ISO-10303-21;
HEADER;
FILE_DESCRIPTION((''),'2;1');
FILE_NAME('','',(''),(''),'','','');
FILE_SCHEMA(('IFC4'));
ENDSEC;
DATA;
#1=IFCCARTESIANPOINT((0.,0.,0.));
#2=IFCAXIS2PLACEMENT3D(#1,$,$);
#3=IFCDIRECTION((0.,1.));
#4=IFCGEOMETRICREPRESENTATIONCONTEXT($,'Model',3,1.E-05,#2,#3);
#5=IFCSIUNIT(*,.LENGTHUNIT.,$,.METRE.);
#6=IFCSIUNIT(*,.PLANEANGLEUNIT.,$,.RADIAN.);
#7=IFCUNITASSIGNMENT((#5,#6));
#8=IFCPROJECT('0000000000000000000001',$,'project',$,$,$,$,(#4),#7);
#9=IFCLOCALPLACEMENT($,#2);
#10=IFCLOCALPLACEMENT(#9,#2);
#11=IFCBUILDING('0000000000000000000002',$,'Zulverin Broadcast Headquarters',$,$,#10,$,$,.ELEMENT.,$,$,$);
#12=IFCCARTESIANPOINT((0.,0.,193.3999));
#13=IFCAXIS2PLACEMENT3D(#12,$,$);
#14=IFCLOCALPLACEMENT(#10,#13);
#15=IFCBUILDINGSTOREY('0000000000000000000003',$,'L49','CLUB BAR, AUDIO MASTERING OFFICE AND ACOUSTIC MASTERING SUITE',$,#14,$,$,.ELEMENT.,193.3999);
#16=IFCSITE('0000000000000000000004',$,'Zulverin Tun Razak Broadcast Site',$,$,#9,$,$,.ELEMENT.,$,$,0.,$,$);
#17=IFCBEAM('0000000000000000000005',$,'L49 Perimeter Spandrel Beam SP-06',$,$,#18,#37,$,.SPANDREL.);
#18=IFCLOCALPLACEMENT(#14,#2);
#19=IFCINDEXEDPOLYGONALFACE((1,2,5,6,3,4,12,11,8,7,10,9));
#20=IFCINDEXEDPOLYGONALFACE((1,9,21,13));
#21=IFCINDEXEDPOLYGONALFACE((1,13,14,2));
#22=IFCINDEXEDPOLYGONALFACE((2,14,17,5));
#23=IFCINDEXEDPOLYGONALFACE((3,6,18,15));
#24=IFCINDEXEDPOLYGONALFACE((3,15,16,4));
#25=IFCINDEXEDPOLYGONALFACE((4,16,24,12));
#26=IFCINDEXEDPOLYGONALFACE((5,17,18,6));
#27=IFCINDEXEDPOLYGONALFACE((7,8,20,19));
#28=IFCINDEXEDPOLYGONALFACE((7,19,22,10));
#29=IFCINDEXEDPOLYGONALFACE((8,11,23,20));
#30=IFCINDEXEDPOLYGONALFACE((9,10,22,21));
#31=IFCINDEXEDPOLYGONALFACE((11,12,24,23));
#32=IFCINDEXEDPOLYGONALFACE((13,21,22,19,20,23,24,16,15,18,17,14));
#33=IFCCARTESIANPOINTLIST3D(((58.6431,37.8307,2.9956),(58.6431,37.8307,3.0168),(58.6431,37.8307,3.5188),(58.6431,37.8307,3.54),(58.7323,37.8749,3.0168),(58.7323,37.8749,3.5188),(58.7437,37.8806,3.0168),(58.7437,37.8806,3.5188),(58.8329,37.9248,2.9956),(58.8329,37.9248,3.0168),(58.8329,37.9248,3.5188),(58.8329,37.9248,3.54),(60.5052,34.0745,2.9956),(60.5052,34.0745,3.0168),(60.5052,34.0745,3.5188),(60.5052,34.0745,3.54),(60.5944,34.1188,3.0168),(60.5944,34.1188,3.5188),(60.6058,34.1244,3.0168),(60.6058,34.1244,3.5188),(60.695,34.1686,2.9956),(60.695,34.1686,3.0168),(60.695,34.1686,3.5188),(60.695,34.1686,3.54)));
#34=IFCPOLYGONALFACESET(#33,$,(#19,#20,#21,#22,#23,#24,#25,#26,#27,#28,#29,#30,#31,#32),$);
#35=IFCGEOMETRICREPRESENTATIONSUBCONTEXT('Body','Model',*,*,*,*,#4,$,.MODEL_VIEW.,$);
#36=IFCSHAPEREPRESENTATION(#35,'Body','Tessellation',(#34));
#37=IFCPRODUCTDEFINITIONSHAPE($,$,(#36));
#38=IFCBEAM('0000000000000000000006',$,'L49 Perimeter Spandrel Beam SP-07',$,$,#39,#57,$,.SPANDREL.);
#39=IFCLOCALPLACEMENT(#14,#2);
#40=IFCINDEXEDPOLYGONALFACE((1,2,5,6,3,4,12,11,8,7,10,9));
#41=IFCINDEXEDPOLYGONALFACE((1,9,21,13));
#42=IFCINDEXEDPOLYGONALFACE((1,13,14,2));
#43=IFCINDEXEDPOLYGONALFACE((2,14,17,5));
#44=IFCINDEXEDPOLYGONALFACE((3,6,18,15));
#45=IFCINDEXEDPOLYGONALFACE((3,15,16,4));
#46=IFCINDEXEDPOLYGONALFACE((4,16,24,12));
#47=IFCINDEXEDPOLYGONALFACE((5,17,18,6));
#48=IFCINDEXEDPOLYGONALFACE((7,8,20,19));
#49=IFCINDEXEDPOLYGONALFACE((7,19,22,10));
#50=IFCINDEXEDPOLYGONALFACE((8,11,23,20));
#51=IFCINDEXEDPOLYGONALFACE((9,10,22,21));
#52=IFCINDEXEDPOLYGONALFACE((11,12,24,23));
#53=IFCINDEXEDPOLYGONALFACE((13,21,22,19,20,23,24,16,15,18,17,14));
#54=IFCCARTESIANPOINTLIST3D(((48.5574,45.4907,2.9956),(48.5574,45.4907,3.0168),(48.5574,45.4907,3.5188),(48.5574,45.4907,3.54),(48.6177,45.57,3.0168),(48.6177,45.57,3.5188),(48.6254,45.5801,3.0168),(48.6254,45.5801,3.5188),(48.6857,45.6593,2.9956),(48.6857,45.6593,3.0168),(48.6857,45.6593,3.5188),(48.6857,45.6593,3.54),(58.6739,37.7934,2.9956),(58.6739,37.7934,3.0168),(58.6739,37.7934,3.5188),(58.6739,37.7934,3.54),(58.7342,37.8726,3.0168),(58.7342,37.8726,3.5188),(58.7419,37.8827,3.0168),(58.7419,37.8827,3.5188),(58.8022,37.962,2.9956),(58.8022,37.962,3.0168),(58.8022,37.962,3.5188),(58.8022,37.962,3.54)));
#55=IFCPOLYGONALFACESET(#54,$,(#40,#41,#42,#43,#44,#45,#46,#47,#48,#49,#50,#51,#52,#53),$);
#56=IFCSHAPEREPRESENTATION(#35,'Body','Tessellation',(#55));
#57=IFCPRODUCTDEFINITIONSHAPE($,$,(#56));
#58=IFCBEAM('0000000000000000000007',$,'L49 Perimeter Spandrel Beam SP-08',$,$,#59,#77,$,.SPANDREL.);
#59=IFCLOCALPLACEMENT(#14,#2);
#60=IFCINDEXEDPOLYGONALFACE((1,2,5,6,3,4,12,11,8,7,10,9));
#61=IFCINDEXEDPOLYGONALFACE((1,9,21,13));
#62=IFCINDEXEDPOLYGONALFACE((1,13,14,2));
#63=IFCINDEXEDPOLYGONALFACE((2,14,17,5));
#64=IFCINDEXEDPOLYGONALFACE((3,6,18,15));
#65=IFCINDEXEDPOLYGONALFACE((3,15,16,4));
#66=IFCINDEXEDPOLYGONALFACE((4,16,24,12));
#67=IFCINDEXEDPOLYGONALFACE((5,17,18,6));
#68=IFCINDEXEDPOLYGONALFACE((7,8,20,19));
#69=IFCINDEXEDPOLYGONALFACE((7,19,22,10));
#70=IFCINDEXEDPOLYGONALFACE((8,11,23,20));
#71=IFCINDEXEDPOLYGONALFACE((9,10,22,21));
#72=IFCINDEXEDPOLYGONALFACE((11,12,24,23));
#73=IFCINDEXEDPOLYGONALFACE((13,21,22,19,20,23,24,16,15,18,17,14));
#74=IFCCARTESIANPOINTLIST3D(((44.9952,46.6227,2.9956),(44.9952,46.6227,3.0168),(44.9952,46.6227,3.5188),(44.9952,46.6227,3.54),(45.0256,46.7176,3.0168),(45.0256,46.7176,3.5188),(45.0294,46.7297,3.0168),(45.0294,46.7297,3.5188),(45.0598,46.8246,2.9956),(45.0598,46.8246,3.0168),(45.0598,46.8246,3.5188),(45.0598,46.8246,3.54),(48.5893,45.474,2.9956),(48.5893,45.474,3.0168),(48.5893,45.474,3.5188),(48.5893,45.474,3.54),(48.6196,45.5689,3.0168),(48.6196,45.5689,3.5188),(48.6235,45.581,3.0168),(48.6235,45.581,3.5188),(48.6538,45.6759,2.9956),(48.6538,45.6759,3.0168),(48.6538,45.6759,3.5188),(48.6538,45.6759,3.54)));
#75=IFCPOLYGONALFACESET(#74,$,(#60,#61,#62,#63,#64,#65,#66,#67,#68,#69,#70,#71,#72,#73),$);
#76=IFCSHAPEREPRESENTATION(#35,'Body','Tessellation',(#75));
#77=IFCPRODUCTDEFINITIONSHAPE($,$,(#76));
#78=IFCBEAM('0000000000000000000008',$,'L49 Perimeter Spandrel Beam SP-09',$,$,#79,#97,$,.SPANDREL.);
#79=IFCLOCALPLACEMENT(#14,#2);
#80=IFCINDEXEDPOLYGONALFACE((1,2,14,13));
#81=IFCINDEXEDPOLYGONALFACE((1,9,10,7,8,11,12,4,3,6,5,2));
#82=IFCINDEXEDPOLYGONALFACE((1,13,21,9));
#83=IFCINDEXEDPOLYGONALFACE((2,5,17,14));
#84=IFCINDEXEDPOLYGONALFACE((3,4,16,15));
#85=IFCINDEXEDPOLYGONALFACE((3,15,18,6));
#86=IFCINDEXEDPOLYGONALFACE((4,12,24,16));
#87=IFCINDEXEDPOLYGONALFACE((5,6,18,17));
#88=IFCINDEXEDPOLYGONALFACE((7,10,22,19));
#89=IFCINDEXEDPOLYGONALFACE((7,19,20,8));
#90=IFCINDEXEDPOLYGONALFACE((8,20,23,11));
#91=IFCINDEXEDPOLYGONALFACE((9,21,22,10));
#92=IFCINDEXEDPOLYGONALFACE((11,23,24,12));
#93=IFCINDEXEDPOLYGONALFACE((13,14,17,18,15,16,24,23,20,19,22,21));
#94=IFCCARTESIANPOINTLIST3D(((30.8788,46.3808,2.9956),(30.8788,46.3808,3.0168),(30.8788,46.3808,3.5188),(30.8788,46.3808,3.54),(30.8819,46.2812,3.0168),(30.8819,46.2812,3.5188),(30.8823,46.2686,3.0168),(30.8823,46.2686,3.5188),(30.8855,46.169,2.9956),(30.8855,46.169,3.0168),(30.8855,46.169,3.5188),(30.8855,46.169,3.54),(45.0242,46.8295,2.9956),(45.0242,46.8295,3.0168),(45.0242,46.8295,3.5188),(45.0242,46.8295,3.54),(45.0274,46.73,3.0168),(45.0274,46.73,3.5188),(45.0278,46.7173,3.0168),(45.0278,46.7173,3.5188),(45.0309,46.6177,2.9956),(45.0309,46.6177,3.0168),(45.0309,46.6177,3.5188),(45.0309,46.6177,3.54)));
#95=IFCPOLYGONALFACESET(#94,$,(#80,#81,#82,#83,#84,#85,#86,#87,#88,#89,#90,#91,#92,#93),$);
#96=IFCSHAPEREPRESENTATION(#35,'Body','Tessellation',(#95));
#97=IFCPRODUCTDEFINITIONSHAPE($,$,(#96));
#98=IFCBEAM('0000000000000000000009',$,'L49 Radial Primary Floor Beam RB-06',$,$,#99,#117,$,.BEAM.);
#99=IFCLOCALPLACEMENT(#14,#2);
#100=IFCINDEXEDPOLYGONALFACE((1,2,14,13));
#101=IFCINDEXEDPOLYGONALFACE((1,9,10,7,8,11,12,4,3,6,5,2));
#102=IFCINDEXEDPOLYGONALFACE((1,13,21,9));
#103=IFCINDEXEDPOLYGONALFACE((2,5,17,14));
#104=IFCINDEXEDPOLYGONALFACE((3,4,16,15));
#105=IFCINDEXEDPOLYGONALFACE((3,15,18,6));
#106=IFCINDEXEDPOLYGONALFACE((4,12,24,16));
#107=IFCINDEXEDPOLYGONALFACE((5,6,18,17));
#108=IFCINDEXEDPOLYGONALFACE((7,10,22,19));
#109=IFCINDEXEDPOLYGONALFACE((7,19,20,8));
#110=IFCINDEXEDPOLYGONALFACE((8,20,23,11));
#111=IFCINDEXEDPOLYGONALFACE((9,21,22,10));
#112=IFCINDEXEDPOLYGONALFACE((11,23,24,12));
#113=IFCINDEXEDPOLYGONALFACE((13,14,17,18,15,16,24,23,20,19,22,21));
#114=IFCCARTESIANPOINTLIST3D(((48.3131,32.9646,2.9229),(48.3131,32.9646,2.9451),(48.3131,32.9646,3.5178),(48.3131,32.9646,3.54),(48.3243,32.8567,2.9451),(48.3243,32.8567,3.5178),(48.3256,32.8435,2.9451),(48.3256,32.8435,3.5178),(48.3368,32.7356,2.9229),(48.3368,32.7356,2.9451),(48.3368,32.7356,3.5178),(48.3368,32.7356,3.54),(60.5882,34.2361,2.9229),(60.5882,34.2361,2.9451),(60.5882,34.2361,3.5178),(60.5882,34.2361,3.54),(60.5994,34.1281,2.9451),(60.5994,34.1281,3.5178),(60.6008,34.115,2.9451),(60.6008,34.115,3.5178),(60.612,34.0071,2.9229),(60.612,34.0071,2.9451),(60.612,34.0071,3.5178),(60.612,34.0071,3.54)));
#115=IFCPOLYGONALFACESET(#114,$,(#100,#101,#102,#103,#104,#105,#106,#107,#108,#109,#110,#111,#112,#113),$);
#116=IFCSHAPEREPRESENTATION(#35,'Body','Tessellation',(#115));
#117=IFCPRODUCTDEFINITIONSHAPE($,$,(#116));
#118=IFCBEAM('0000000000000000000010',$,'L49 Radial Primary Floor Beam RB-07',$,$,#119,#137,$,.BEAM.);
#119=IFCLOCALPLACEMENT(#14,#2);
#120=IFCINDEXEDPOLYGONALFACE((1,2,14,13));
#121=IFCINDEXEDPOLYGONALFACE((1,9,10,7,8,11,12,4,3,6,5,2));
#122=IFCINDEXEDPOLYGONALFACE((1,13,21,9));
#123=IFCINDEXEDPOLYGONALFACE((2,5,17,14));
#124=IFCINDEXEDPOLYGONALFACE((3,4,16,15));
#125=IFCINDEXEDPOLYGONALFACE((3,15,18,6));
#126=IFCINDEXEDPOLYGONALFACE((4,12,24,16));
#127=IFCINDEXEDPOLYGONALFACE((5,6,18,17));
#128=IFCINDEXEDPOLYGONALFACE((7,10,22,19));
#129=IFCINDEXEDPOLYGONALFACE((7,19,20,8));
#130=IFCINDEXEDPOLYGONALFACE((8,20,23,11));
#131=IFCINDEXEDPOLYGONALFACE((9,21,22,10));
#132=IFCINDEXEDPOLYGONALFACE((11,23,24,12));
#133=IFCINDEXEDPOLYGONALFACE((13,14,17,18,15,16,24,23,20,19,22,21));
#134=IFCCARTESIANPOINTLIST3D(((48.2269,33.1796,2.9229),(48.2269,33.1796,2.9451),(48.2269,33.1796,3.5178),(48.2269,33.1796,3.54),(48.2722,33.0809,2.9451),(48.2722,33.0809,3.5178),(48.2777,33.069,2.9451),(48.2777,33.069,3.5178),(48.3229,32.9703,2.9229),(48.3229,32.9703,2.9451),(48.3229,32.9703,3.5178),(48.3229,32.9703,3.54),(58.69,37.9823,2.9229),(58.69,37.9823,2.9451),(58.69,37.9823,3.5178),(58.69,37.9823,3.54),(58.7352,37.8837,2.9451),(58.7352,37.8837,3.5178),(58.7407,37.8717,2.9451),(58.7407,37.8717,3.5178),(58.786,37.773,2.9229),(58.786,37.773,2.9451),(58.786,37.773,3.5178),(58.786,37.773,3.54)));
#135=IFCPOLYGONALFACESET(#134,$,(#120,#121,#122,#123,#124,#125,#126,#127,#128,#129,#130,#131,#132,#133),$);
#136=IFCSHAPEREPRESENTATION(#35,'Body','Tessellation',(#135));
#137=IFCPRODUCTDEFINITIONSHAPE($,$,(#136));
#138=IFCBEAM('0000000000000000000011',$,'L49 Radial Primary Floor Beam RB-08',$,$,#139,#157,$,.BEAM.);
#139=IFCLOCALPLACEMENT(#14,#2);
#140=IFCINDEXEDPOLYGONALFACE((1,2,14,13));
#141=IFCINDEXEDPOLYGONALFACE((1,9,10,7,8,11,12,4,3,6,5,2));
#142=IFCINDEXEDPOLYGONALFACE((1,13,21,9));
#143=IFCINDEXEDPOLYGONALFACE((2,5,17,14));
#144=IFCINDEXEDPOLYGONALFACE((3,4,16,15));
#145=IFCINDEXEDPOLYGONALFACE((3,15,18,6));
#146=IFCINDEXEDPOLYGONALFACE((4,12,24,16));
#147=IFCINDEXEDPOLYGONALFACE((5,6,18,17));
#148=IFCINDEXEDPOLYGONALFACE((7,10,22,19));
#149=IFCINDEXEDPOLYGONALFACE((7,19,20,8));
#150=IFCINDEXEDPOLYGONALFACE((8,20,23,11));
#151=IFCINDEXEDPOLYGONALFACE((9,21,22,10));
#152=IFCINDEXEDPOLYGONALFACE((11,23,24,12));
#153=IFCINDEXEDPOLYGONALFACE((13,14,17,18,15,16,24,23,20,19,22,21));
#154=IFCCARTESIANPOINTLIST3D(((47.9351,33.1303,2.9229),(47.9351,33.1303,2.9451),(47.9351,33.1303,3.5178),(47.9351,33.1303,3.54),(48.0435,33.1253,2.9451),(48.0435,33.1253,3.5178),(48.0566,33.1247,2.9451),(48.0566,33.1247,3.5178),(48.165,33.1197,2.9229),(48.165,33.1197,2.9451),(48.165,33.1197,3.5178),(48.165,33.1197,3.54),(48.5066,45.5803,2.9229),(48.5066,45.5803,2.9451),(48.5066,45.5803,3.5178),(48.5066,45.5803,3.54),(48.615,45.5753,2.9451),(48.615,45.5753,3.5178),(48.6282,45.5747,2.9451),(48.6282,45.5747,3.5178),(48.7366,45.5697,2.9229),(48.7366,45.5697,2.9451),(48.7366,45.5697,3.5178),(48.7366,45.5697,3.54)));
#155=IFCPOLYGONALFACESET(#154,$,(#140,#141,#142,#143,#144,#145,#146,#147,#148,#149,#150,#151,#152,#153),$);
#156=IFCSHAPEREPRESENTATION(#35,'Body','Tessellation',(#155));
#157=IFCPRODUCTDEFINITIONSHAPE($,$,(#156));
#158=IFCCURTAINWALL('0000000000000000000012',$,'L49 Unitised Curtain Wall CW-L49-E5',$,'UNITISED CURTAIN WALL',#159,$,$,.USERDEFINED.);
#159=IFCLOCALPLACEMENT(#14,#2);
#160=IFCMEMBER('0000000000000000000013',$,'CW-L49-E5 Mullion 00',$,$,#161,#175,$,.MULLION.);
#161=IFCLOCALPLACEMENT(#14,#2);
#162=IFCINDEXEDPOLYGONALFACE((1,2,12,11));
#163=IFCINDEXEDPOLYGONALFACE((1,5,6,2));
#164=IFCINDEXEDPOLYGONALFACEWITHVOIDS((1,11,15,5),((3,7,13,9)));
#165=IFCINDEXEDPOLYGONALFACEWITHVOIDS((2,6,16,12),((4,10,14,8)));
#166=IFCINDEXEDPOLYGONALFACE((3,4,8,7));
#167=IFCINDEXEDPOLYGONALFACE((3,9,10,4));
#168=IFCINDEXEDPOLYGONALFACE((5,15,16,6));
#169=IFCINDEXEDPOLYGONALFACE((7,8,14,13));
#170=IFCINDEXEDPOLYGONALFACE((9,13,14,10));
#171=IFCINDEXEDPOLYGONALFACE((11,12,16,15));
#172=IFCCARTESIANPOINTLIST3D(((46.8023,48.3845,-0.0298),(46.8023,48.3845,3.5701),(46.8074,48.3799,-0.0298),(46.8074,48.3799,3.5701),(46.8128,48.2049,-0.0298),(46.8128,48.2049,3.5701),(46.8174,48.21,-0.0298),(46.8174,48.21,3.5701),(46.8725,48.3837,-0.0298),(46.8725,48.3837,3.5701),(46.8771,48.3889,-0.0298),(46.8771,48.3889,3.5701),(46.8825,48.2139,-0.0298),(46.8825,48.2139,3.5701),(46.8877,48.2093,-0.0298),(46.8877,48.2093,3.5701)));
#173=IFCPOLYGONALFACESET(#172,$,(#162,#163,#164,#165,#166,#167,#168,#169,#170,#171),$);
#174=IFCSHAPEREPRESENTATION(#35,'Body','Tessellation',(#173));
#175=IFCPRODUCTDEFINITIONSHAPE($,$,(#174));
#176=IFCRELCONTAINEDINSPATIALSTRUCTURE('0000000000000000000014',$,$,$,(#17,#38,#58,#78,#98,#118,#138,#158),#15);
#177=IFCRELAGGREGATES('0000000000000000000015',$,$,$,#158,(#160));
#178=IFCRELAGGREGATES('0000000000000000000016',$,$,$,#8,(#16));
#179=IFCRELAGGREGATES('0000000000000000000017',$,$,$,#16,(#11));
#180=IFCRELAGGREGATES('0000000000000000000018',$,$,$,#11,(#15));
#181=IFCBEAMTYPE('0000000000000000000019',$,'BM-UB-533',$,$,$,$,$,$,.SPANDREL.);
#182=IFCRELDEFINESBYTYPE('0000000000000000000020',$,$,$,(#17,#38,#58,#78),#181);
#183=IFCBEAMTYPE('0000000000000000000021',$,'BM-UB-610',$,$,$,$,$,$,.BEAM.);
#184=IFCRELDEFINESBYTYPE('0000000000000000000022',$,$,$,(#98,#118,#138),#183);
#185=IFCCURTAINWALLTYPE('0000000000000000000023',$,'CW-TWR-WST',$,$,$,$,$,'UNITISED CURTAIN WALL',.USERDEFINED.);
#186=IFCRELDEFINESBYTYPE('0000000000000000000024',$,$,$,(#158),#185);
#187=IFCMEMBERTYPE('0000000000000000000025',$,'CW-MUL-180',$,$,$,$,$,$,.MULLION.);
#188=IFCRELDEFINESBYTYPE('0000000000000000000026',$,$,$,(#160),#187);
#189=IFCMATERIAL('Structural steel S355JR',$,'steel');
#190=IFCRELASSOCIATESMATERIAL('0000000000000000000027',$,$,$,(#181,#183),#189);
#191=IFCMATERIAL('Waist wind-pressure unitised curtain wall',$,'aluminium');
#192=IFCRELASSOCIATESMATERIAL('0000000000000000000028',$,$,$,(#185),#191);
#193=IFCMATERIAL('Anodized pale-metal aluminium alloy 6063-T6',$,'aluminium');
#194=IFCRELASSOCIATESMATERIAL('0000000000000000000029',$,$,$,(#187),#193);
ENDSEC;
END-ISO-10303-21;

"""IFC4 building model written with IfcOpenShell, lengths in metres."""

from ifc_helpers import new_model, si_unit, direction, frame, origin, origin_2d, place, context, subcontext, project, spatial, hollow_rectangle, i_section, extrude, material, material_profile, profile_set, type_object, element, aggregate, save


model = new_model("IFC4")

# Units and contexts
model_context = context("Model", 3, precision=1e-05, world=origin(), true_north=direction((0.0, 1.0)))
body_context = subcontext(model_context, "Body", "Model", "MODEL_VIEW")
ifc_project = project(units=[si_unit("LENGTHUNIT", "METRE"), si_unit("PLANEANGLEUNIT", "RADIAN")], contexts=[model_context])

# Site, building, storey
site_placement = place(None, origin())
site = spatial("IfcSite", under=ifc_project, at=site_placement, Name="Zulverin Tun Razak Broadcast Site", CompositionType="ELEMENT", RefElevation=0.0)
building_placement = place(site_placement, origin())
building = spatial("IfcBuilding", under=site, at=building_placement, Name="Zulverin Broadcast Headquarters", CompositionType="ELEMENT")
storey_placement = place(building_placement, frame((0.0, 0.0, 193.3999)))
storey = spatial("IfcBuildingStorey", under=building, at=storey_placement, Name="L49", Description="CLUB BAR, AUDIO MASTERING OFFICE AND ACOUSTIC MASTERING SUITE", CompositionType="ELEMENT", Elevation=193.3999)

# Beams
ifc_material_1 = material(Name="Structural steel S355JR", Category="steel")
ifc_material_profile_1 = material_profile(ifc_material_1, i_section(OverallWidth=0.2119, OverallDepth=0.5444, WebThickness=0.0127, FlangeThickness=0.0212, at=origin_2d()), Name="Structural steel S355JR", Category="steel")
ifc_profile_set_1 = profile_set([ifc_material_profile_1], Name="Structural steel S355JR")
beam_type_1 = type_object("IfcBeamType", Name="BM-UB-533", PredefinedType="SPANDREL", material=ifc_profile_set_1)
beam_1_placement = place(storey_placement, frame((60.6001, 34.1216, 3.2678), z_axis=(-0.444159, 0.895948, 0.0), x_axis=(-0.895948, -0.444159, 0.0)))
element("IfcBeam", 1, at=beam_1_placement, inside=storey, type_object=beam_type_1, Name="L49 Perimeter Spandrel Beam SP-06", PredefinedType="SPANDREL", context=body_context, shape_type="SweptSolid", body=[
    extrude(i_section(OverallWidth=0.2119, OverallDepth=0.5444, WebThickness=0.0127, FlangeThickness=0.0212, at=origin_2d()), origin(), (0.0, 0.0, 1.0), 4.1924),
])
beam_2_placement = place(storey_placement, frame((58.738, 37.8777, 3.2678), z_axis=(-0.79583, 0.60552, 0.0), x_axis=(-0.60552, -0.79583, 0.0)))
element("IfcBeam", 2, at=beam_2_placement, inside=storey, type_object=beam_type_1, Name="L49 Perimeter Spandrel Beam SP-07", PredefinedType="SPANDREL", context=body_context, shape_type="SweptSolid", body=[
    extrude(i_section(OverallWidth=0.2119, OverallDepth=0.5444, WebThickness=0.0127, FlangeThickness=0.0212, at=origin_2d()), origin(), (0.0, 0.0, 1.0), 12.7119),
])
beam_3_placement = place(storey_placement, frame((48.6216, 45.575, 3.2678), z_axis=(-0.952532, 0.30444, 0.0), x_axis=(-0.30444, -0.952532, 0.0)))
element("IfcBeam", 3, at=beam_3_placement, inside=storey, type_object=beam_type_1, Name="L49 Perimeter Spandrel Beam SP-08", PredefinedType="SPANDREL", context=body_context, shape_type="SweptSolid", body=[
    extrude(i_section(OverallWidth=0.2119, OverallDepth=0.5444, WebThickness=0.0127, FlangeThickness=0.0212, at=origin_2d()), origin(), (0.0, 0.0, 1.0), 3.7732),
])
beam_4_placement = place(storey_placement, frame((45.0276, 46.7236, 3.2678), z_axis=(-0.999497, -0.031707, 0.0), x_axis=(0.031707, -0.999497, 0.0)))
element("IfcBeam", 4, at=beam_4_placement, inside=storey, type_object=beam_type_1, Name="L49 Perimeter Spandrel Beam SP-09", PredefinedType="SPANDREL", context=body_context, shape_type="SweptSolid", body=[
    extrude(i_section(OverallWidth=0.2119, OverallDepth=0.5444, WebThickness=0.0127, FlangeThickness=0.0212, at=origin_2d()), origin(), (0.0, 0.0, 1.0), 14.1526),
])
ifc_material_profile_2 = material_profile(ifc_material_1, i_section(OverallWidth=0.2302, OverallDepth=0.6172, WebThickness=0.0132, FlangeThickness=0.0222, at=origin_2d()), Name="Structural steel S355JR", Category="steel")
ifc_profile_set_2 = profile_set([ifc_material_profile_2], Name="Structural steel S355JR")
beam_type_2 = type_object("IfcBeamType", Name="BM-UB-610", PredefinedType="BEAM", material=ifc_profile_set_2)
beam_5_placement = place(storey_placement, frame((48.325, 32.8501, 3.2314), z_axis=(0.994678, 0.103031, 0.0), x_axis=(-0.103031, 0.994678, 0.0)))
element("IfcBeam", 5, at=beam_5_placement, inside=storey, type_object=beam_type_2, Name="L49 Radial Primary Floor Beam RB-06", PredefinedType="BEAM", context=body_context, shape_type="SweptSolid", body=[
    extrude(i_section(OverallWidth=0.2302, OverallDepth=0.6172, WebThickness=0.0132, FlangeThickness=0.0222, at=origin_2d()), origin(), (0.0, 0.0, 1.0), 12.3408),
])
beam_6_placement = place(storey_placement, frame((48.2749, 33.075, 3.2314), z_axis=(0.90883, 0.417167, 0.0), x_axis=(-0.417167, 0.90883, 0.0)))
element("IfcBeam", 6, at=beam_6_placement, inside=storey, type_object=beam_type_2, Name="L49 Radial Primary Floor Beam RB-07", PredefinedType="BEAM", context=body_context, shape_type="SweptSolid", body=[
    extrude(i_section(OverallWidth=0.2302, OverallDepth=0.6172, WebThickness=0.0132, FlangeThickness=0.0222, at=origin_2d()), origin(), (0.0, 0.0, 1.0), 11.5127),
])
beam_7_placement = place(storey_placement, frame((48.05, 33.125, 3.2314), z_axis=(0.045858, 0.998948, 0.0), x_axis=(-0.998948, 0.045858, 0.0)))
element("IfcBeam", 7, at=beam_7_placement, inside=storey, type_object=beam_type_2, Name="L49 Radial Primary Floor Beam RB-08", PredefinedType="BEAM", context=body_context, shape_type="SweptSolid", body=[
    extrude(i_section(OverallWidth=0.2302, OverallDepth=0.6172, WebThickness=0.0132, FlangeThickness=0.0222, at=origin_2d()), origin(), (0.0, 0.0, 1.0), 12.4631),
])

# Curtain wall, member
ifc_material_2 = material(Name="Waist wind-pressure unitised curtain wall", Category="aluminium")
curtain_wall_type = type_object("IfcCurtainWallType", Name="CW-TWR-WST", ElementType="UNITISED CURTAIN WALL", PredefinedType="USERDEFINED", material=ifc_material_2)
curtain_wall_placement = place(storey_placement, origin())
curtain_wall = element("IfcCurtainWall", 8, at=curtain_wall_placement, inside=storey, type_object=curtain_wall_type, Name="L49 Unitised Curtain Wall CW-L49-E5", ObjectType="UNITISED CURTAIN WALL", PredefinedType="USERDEFINED")
ifc_material_3 = material(Name="Anodized pale-metal aluminium alloy 6063-T6", Category="aluminium")
ifc_material_profile_3 = material_profile(ifc_material_3, hollow_rectangle(XDim=0.075, YDim=0.1799, WallThickness=0.0049, at=origin_2d()), Name="Anodized pale-metal aluminium alloy 6063-T6", Category="aluminium")
ifc_profile_set_3 = profile_set([ifc_material_profile_3], Name="Anodized pale-metal aluminium alloy 6063-T6")
member_type_1 = type_object("IfcMemberType", Name="CW-MUL-180", PredefinedType="MULLION", material=ifc_profile_set_3)
member_1_placement = place(storey_placement, frame((46.845, 48.2969, -0.0298), z_axis=(0.0, 0.0, 1.0), x_axis=(-0.998274, -0.058723, 0.0)))
member_1 = element("IfcMember", 9, at=member_1_placement, type_object=member_type_1, Name="CW-L49-E5 Mullion 00", PredefinedType="MULLION", context=body_context, shape_type="SweptSolid", body=[
    extrude(hollow_rectangle(XDim=0.075, YDim=0.1799, WallThickness=0.0049, at=origin_2d()), origin(), (0.0, 0.0, 1.0), 3.5999),
])
aggregate(curtain_wall, [member_1])

save(model, "model.ifc")
